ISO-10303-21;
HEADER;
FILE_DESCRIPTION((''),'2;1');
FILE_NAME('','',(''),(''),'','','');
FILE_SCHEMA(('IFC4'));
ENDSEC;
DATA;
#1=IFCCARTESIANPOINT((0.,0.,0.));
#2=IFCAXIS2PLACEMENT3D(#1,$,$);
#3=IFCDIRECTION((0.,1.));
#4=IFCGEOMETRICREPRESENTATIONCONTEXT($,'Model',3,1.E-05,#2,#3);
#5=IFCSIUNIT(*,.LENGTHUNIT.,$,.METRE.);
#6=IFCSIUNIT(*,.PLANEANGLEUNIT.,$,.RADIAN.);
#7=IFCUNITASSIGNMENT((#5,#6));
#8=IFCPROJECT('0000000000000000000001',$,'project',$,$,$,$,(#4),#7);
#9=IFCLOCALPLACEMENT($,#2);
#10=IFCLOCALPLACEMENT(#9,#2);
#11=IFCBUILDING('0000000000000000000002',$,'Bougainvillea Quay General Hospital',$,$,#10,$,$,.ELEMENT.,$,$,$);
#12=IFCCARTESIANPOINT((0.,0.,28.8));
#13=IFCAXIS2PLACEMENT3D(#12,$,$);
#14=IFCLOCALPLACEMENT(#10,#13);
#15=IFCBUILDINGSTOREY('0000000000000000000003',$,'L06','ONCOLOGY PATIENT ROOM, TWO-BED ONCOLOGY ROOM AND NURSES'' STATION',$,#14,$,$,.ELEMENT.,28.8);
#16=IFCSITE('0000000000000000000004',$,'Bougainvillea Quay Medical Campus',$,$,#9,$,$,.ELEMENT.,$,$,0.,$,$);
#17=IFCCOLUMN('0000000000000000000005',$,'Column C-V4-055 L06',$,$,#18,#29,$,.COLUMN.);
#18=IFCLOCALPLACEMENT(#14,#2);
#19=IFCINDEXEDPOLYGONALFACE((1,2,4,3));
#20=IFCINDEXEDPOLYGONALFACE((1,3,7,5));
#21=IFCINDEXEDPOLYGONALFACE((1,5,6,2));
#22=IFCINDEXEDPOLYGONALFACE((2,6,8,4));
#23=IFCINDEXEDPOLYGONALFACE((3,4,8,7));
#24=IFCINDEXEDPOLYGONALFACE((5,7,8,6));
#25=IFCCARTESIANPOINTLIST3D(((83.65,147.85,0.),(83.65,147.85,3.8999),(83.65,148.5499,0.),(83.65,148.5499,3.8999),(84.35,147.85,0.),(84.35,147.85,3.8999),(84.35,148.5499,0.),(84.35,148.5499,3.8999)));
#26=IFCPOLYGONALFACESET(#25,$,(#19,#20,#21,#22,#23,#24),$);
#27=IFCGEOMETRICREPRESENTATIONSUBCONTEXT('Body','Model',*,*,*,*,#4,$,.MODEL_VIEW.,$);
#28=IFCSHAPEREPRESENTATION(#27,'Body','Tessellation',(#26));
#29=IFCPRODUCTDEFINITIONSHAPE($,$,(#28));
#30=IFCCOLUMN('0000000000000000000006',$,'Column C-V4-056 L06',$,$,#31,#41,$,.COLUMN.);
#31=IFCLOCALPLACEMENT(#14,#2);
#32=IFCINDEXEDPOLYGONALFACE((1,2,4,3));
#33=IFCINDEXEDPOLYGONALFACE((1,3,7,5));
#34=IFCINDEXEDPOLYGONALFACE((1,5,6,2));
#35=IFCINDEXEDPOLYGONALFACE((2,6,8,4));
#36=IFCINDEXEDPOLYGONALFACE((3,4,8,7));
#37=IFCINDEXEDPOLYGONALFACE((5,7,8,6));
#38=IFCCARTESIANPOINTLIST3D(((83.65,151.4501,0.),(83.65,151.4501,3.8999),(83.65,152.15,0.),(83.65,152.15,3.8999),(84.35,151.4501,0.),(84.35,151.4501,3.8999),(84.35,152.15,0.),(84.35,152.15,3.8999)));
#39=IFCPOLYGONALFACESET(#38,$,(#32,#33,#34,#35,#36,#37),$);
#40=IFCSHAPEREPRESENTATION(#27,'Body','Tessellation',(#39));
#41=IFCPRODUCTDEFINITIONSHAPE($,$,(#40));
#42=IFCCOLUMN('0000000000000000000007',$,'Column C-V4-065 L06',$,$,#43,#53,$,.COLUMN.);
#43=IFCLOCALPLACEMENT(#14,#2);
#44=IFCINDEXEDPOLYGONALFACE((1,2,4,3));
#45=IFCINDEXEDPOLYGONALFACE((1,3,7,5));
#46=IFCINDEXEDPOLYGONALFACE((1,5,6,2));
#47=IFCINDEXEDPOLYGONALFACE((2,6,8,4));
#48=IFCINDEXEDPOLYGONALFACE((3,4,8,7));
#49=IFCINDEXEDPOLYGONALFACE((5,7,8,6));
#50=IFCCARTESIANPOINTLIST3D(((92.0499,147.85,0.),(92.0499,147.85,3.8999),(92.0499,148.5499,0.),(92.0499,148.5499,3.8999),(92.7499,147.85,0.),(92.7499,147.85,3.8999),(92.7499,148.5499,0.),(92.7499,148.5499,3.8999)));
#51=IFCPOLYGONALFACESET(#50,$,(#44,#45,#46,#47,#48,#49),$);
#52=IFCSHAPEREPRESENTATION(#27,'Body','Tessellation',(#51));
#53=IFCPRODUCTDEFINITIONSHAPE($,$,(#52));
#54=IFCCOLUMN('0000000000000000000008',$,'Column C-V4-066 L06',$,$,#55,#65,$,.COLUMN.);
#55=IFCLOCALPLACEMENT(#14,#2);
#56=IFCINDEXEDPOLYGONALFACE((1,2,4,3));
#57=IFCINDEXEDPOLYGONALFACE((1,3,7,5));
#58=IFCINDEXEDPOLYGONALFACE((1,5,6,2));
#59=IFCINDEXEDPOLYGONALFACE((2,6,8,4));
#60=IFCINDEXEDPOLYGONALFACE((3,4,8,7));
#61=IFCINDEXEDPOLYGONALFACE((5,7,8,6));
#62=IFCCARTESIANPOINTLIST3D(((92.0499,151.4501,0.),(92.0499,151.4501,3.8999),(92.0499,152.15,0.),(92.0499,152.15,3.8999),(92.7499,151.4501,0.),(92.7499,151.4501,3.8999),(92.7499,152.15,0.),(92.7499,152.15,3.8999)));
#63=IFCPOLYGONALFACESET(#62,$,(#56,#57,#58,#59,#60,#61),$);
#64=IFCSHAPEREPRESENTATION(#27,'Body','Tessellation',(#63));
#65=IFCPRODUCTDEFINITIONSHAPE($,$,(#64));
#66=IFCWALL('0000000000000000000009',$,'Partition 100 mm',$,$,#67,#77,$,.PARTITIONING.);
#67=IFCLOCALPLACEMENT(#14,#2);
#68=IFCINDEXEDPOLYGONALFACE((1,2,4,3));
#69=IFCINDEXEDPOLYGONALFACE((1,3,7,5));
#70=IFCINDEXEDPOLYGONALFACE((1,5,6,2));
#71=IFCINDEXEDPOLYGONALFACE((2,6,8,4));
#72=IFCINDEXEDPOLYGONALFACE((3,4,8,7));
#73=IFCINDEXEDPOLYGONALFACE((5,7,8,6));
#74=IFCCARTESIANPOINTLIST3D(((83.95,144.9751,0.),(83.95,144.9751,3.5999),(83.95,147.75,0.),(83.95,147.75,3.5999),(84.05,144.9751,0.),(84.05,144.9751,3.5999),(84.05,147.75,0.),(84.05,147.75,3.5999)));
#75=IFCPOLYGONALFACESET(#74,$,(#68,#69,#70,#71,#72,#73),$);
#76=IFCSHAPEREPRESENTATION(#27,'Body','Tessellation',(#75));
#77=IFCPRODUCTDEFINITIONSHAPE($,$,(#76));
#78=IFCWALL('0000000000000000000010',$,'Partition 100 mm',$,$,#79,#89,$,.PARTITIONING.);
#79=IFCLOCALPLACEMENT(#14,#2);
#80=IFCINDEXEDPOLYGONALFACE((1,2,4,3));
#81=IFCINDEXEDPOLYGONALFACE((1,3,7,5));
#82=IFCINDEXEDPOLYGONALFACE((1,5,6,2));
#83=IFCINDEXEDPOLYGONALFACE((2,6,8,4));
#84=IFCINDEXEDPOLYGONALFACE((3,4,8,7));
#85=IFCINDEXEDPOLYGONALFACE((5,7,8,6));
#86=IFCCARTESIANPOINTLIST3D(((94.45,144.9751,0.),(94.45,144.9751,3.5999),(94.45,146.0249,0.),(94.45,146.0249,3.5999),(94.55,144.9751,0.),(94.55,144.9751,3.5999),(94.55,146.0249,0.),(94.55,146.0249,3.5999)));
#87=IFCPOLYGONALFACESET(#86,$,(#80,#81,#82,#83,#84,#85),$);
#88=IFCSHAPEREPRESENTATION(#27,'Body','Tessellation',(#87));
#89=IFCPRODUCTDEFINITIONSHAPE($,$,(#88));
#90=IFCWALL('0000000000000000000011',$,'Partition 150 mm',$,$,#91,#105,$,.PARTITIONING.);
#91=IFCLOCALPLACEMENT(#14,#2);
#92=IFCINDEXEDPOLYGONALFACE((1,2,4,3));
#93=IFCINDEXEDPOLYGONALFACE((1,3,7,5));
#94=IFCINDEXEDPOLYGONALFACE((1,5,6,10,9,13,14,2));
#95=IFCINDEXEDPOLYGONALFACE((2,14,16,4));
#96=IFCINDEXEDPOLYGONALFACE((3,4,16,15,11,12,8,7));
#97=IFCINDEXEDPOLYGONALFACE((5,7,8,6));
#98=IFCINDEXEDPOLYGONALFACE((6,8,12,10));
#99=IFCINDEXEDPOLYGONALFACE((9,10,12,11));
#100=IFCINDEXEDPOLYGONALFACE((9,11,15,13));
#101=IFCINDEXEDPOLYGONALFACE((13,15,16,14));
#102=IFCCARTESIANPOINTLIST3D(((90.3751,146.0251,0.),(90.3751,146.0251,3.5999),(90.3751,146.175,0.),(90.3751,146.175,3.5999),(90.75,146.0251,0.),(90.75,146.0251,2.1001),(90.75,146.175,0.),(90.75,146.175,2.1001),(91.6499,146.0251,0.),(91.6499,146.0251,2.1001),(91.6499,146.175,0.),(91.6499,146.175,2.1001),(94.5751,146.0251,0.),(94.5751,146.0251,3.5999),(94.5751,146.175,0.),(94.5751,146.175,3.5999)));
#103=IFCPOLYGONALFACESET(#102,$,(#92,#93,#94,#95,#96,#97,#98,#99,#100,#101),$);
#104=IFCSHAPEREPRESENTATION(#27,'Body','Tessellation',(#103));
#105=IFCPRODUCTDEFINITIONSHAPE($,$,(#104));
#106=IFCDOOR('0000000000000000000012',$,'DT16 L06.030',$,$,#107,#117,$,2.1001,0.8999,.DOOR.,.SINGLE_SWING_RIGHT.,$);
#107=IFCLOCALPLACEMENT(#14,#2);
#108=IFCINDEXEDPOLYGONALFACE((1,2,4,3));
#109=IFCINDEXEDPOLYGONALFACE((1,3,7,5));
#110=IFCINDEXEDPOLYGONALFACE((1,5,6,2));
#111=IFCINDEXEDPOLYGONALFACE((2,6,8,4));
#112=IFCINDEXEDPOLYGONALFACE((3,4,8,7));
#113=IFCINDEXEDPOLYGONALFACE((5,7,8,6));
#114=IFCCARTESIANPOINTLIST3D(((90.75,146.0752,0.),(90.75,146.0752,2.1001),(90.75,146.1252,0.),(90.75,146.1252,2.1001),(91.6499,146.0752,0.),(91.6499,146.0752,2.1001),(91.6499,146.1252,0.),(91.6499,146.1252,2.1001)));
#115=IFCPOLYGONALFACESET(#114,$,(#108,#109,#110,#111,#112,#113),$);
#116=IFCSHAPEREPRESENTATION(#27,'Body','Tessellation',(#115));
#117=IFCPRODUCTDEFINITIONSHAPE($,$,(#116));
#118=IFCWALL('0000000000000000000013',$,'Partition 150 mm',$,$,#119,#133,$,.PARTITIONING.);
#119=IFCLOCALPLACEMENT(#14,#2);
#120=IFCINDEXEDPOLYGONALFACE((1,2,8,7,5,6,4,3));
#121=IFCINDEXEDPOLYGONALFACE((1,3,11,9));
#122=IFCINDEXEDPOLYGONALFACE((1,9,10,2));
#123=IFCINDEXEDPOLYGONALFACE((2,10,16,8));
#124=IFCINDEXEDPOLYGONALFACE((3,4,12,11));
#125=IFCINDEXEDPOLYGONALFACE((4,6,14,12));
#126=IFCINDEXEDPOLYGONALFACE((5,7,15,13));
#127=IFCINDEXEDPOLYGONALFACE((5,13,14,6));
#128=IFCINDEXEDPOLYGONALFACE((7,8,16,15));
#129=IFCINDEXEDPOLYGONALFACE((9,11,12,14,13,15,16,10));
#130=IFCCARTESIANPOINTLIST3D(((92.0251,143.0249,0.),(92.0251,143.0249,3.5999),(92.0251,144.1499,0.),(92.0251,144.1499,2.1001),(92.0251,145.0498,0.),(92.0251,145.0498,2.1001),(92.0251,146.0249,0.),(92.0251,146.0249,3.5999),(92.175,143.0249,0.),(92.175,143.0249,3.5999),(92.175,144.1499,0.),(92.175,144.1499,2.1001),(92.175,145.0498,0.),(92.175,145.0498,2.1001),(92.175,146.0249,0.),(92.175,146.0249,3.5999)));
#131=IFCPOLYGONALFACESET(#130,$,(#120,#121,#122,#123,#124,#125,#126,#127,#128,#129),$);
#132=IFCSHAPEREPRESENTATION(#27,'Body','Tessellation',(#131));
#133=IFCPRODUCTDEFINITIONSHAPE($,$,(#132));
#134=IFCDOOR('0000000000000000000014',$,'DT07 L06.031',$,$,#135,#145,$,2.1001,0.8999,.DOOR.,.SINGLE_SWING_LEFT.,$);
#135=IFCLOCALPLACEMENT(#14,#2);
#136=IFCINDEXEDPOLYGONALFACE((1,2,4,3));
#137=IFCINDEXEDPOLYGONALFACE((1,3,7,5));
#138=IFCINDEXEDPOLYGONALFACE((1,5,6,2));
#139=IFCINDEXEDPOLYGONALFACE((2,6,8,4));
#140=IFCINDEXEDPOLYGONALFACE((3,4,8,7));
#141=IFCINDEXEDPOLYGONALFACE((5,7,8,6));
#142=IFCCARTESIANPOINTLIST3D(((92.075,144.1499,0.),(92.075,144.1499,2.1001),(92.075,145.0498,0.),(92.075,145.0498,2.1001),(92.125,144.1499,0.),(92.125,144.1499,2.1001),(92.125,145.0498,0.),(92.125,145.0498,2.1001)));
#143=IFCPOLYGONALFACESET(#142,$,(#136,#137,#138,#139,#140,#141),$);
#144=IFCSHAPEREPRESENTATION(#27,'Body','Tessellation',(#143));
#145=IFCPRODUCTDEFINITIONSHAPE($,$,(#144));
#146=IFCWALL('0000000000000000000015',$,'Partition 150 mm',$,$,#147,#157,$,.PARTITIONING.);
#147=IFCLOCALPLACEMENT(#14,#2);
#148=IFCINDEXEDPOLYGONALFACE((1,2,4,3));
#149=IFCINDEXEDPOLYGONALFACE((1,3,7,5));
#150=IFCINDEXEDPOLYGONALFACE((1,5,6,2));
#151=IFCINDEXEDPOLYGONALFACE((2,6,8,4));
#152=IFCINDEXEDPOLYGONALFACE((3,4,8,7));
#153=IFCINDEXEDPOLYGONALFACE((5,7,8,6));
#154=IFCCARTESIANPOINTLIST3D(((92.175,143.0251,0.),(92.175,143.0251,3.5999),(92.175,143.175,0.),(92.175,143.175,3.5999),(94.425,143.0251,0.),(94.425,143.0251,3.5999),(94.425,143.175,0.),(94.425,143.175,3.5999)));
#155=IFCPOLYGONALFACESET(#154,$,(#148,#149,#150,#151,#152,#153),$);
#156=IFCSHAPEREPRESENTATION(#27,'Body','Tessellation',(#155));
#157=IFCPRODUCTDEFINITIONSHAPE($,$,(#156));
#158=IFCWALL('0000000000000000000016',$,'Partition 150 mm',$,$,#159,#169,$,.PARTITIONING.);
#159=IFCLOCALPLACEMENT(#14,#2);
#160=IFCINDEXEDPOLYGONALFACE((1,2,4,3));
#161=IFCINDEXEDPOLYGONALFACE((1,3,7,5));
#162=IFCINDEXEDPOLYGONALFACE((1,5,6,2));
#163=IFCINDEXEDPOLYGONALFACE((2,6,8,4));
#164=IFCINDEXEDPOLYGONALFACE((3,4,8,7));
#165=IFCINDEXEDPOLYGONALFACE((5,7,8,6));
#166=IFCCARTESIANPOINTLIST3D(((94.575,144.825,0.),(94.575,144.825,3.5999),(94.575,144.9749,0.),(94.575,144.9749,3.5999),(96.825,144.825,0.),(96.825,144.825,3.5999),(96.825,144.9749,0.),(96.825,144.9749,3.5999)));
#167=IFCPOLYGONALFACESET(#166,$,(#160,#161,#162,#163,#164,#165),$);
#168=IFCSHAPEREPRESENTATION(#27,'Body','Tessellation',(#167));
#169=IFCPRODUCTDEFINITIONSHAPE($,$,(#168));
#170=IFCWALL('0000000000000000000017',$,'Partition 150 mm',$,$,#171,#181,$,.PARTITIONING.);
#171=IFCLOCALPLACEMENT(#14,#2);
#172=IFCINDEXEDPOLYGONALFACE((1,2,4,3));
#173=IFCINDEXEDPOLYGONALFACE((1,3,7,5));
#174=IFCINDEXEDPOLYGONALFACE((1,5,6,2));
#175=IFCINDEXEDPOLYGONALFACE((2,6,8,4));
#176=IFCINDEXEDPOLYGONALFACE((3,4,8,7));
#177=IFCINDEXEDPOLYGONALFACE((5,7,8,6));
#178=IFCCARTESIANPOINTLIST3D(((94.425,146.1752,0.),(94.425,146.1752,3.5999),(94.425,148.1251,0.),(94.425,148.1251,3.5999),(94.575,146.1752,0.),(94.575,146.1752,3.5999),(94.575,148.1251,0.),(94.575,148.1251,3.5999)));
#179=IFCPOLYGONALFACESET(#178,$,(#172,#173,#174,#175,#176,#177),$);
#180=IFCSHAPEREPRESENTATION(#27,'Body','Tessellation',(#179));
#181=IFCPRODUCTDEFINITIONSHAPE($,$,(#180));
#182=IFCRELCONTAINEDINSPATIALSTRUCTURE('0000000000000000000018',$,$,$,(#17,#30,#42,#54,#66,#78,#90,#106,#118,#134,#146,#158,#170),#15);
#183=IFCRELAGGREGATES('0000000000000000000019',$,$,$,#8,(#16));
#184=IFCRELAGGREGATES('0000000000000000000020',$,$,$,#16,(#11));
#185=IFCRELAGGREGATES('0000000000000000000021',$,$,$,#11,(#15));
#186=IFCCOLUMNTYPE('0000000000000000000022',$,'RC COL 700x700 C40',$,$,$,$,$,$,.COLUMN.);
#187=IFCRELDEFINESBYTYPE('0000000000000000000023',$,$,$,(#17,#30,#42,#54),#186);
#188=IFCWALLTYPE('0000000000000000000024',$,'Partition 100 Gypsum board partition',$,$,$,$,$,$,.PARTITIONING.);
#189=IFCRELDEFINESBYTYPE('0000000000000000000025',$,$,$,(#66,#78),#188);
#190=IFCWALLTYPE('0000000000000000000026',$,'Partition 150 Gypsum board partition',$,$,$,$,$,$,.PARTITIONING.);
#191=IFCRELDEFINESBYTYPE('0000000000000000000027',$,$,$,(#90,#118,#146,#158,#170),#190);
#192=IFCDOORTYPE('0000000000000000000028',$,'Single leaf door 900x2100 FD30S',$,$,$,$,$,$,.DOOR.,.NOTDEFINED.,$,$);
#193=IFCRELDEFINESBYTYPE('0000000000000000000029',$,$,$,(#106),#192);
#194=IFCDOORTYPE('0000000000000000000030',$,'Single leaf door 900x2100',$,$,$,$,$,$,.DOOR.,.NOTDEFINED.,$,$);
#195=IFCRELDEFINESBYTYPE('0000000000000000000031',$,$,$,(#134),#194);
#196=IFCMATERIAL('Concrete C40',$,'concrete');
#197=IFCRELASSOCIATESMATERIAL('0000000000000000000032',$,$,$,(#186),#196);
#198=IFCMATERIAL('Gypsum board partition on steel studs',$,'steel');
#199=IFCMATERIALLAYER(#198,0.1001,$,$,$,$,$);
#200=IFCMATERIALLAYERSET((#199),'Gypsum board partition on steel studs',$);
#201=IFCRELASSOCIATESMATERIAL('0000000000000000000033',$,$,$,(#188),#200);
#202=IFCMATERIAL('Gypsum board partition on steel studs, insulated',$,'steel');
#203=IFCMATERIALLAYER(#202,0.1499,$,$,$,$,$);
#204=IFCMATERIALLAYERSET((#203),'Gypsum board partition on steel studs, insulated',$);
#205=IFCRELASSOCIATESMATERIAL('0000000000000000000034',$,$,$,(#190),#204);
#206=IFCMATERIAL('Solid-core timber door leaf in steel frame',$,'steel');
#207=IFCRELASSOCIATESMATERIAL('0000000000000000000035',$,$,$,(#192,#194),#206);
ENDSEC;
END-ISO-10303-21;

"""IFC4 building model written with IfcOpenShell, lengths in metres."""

from ifc_helpers import new_model, si_unit, direction, frame, frame_2d, origin, origin_2d, place, context, subcontext, project, spatial, rectangle, extrude, material, layer, layer_set, material_profile, profile_set, type_object, element, fill, save


model = new_model("IFC4")

# Units and contexts
model_context = context("Model", 3, precision=1e-05, world=origin(), true_north=direction((0.0, 1.0)))
body_context = subcontext(model_context, "Body", "Model", "MODEL_VIEW")
ifc_project = project(units=[si_unit("LENGTHUNIT", "METRE"), si_unit("PLANEANGLEUNIT", "RADIAN")], contexts=[model_context])

# Site, building, storey
site_placement = place(None, origin())
site = spatial("IfcSite", under=ifc_project, at=site_placement, Name="Bougainvillea Quay Medical Campus", CompositionType="ELEMENT", RefElevation=0.0)
building_placement = place(site_placement, origin())
building = spatial("IfcBuilding", under=site, at=building_placement, Name="Bougainvillea Quay General Hospital", CompositionType="ELEMENT")
storey_placement = place(building_placement, frame((0.0, 0.0, 28.8)))
storey = spatial("IfcBuildingStorey", under=building, at=storey_placement, Name="L06", Description="ONCOLOGY PATIENT ROOM, TWO-BED ONCOLOGY ROOM AND NURSES' STATION", CompositionType="ELEMENT", Elevation=28.8)

# Columns
ifc_material_1 = material(Name="Concrete C40", Category="concrete")
ifc_material_profile = material_profile(ifc_material_1, rectangle(XDim=0.7, YDim=0.7, at=origin_2d()))
ifc_profile_set = profile_set([ifc_material_profile], Name="Concrete C40")
column_type = type_object("IfcColumnType", Name="RC COL 700x700 C40", PredefinedType="COLUMN", material=ifc_profile_set)
for number, where, z_axis, x_axis, name in (
    (1, (84.0, 148.2, 0.0), (0.0, 0.0, 1.0), (1.0, 0.0, 0.0), "Column C-V4-055 L06"),
    (2, (84.0, 151.8, 0.0), (0.0, 0.0, 1.0), (1.0, 0.0, 0.0), "Column C-V4-056 L06"),
    (3, (92.3999, 148.2, 0.0), (0.0, 0.0, 1.0), (1.0, 0.0, 0.0), "Column C-V4-065 L06"),
    (4, (92.3999, 151.8, 0.0), (0.0, 0.0, 1.0), (1.0, 0.0, 0.0), "Column C-V4-066 L06"),
):
    element("IfcColumn", number, at=place(storey_placement, frame(where, z_axis=z_axis, x_axis=x_axis)), inside=storey, type_object=column_type, Name=name, PredefinedType="COLUMN", context=body_context, shape_type="SweptSolid", body=[
        extrude(rectangle(XDim=0.7, YDim=0.7, at=origin_2d()), origin(), (0.0, 0.0, 1.0), 3.8999),
    ])

# Walls
ifc_material_2 = material(Name="Gypsum board partition on steel studs", Category="steel")
ifc_layer_1 = layer(ifc_material_2, 0.1001)
ifc_layer_set_1 = layer_set([ifc_layer_1], Name="Gypsum board partition on steel studs")
wall_type_1 = type_object("IfcWallType", Name="Partition 100 Gypsum board partition", PredefinedType="PARTITIONING", material=ifc_layer_set_1)
wall_1_placement = place(storey_placement, frame((84.0, 144.9751, 0.0), z_axis=(0.0, 0.0, 1.0), x_axis=(0.0, 1.0, 0.0)))
element("IfcWall", 5, at=wall_1_placement, inside=storey, type_object=wall_type_1, Name="Partition 100 mm", PredefinedType="PARTITIONING", context=body_context, shape_type="SweptSolid", body=[
    extrude(rectangle(XDim=2.7749, YDim=0.1001, at=frame_2d((1.3875, 0.0))), origin(), (0.0, 0.0, 1.0), 3.5999),
])
wall_2_placement = place(storey_placement, frame((94.5, 144.9751, 0.0), z_axis=(0.0, 0.0, 1.0), x_axis=(0.0, 1.0, 0.0)))
element("IfcWall", 6, at=wall_2_placement, inside=storey, type_object=wall_type_1, Name="Partition 100 mm", PredefinedType="PARTITIONING", context=body_context, shape_type="SweptSolid", body=[
    extrude(rectangle(XDim=1.0498, YDim=0.1001, at=frame_2d((0.5249, 0.0))), origin(), (0.0, 0.0, 1.0), 3.5999),
])

# Walls, openings, doors
ifc_material_3 = material(Name="Gypsum board partition on steel studs, insulated", Category="steel")
ifc_layer_2 = layer(ifc_material_3, 0.1499)
ifc_layer_set_2 = layer_set([ifc_layer_2], Name="Gypsum board partition on steel studs, insulated")
wall_type_2 = type_object("IfcWallType", Name="Partition 150 Gypsum board partition", PredefinedType="PARTITIONING", material=ifc_layer_set_2)
wall_3_placement = place(storey_placement, frame((90.375, 146.1001, 0.0), z_axis=(0.0, 0.0, 1.0), x_axis=(1.0, 0.0, 0.0)))
wall_3 = element("IfcWall", 7, at=wall_3_placement, inside=storey, type_object=wall_type_2, Name="Partition 150 mm", PredefinedType="PARTITIONING", context=body_context, shape_type="SweptSolid", body=[
    extrude(rectangle(XDim=4.2, YDim=0.1499, at=frame_2d((2.1001, 0.0))), origin(), (0.0, 0.0, 1.0), 3.5999),
])
opening_1_placement = place(wall_3_placement, frame((0.375, 0.0, 0.0)))
opening_1 = element("IfcOpeningElement", 8, at=opening_1_placement, cuts=wall_3, PredefinedType="OPENING", context=body_context, shape_type="SweptSolid", body=[
    extrude(rectangle(XDim=0.8999, YDim=2.1001, at=frame_2d((0.45, 1.05))), frame((0.0, 0.085, 0.0), z_axis=(0.0, -1.0, 0.0), x_axis=(1.0, 0.0, 0.0)), (0.0, 0.0, 1.0), 0.1699),
])
ifc_material_4 = material(Name="Solid-core timber door leaf in steel frame", Category="steel")
door_type_1 = type_object("IfcDoorType", Name="Single leaf door 900x2100 FD30S", OperationType="NOTDEFINED", PredefinedType="DOOR", material=ifc_material_4)
door_1_placement = place(opening_1_placement, frame((0.8999, 0.0, 0.0), z_axis=(0.0, 0.0, 1.0), x_axis=(-1.0, 0.0, 0.0)))
door_1 = element("IfcDoor", 9, at=door_1_placement, inside=storey, type_object=door_type_1, Name="DT16 L06.030", OperationType="SINGLE_SWING_RIGHT", OverallHeight=2.1001, OverallWidth=0.8999, PredefinedType="DOOR", context=body_context, shape_type="SweptSolid", body=[
    extrude(rectangle(XDim=0.8999, YDim=2.1001, at=frame_2d((0.45, 1.05))), frame((0.0, 0.0249, 0.0), z_axis=(0.0, -1.0, 0.0), x_axis=(1.0, 0.0, 0.0)), (0.0, 0.0, 1.0), 0.05),
])
fill(opening_1, door_1)
wall_4_placement = place(storey_placement, frame((92.1001, 143.0249, 0.0), z_axis=(0.0, 0.0, 1.0), x_axis=(0.0, 1.0, 0.0)))
wall_4 = element("IfcWall", 10, at=wall_4_placement, inside=storey, type_object=wall_type_2, Name="Partition 150 mm", PredefinedType="PARTITIONING", context=body_context, shape_type="SweptSolid", body=[
    extrude(rectangle(XDim=3.0, YDim=0.1499, at=frame_2d((1.5, 0.0))), origin(), (0.0, 0.0, 1.0), 3.5999),
])
opening_2_placement = place(wall_4_placement, frame((1.125, 0.0, 0.0)))
opening_2 = element("IfcOpeningElement", 11, at=opening_2_placement, cuts=wall_4, PredefinedType="OPENING", context=body_context, shape_type="SweptSolid", body=[
    extrude(rectangle(XDim=0.8999, YDim=2.1001, at=frame_2d((0.45, 1.05))), frame((0.0, 0.085, 0.0), z_axis=(0.0, -1.0, 0.0), x_axis=(1.0, 0.0, 0.0)), (0.0, 0.0, 1.0), 0.1699),
])
door_type_2 = type_object("IfcDoorType", Name="Single leaf door 900x2100", OperationType="NOTDEFINED", PredefinedType="DOOR", material=ifc_material_4)
door_2_placement = place(opening_2_placement, frame((0.8999, 0.0, 0.0), z_axis=(0.0, 0.0, 1.0), x_axis=(-1.0, 0.0, 0.0)))
door_2 = element("IfcDoor", 12, at=door_2_placement, inside=storey, type_object=door_type_2, Name="DT07 L06.031", OperationType="SINGLE_SWING_LEFT", OverallHeight=2.1001, OverallWidth=0.8999, PredefinedType="DOOR", context=body_context, shape_type="SweptSolid", body=[
    extrude(rectangle(XDim=0.8999, YDim=2.1001, at=frame_2d((0.45, 1.05))), frame((0.0, 0.0249, 0.0), z_axis=(0.0, -1.0, 0.0), x_axis=(1.0, 0.0, 0.0)), (0.0, 0.0, 1.0), 0.05),
])
fill(opening_2, door_2)

# Walls
for number, where, z_axis, x_axis, name in (
    (13, (92.175, 143.1001, 0.0), (0.0, 0.0, 1.0), (1.0, 0.0, 0.0), "Partition 150 mm"),
    (14, (94.575, 144.8999, 0.0), (0.0, 0.0, 1.0), (1.0, 0.0, 0.0), "Partition 150 mm"),
):
    element("IfcWall", number, at=place(storey_placement, frame(where, z_axis=z_axis, x_axis=x_axis)), inside=storey, type_object=wall_type_2, Name=name, PredefinedType="PARTITIONING", context=body_context, shape_type="SweptSolid", body=[
        extrude(rectangle(XDim=2.25, YDim=0.1499, at=frame_2d((1.125, 0.0))), origin(), (0.0, 0.0, 1.0), 3.5999),
    ])
wall_5_placement = place(storey_placement, frame((94.5, 146.175, 0.0), z_axis=(0.0, 0.0, 1.0), x_axis=(0.0, 1.0, 0.0)))
element("IfcWall", 15, at=wall_5_placement, inside=storey, type_object=wall_type_2, Name="Partition 150 mm", PredefinedType="PARTITIONING", context=body_context, shape_type="SweptSolid", body=[
    extrude(rectangle(XDim=1.95, YDim=0.1499, at=frame_2d((0.9751, 0.0))), origin(), (0.0, 0.0, 1.0), 3.5999),
])

save(model, "model.ifc")
